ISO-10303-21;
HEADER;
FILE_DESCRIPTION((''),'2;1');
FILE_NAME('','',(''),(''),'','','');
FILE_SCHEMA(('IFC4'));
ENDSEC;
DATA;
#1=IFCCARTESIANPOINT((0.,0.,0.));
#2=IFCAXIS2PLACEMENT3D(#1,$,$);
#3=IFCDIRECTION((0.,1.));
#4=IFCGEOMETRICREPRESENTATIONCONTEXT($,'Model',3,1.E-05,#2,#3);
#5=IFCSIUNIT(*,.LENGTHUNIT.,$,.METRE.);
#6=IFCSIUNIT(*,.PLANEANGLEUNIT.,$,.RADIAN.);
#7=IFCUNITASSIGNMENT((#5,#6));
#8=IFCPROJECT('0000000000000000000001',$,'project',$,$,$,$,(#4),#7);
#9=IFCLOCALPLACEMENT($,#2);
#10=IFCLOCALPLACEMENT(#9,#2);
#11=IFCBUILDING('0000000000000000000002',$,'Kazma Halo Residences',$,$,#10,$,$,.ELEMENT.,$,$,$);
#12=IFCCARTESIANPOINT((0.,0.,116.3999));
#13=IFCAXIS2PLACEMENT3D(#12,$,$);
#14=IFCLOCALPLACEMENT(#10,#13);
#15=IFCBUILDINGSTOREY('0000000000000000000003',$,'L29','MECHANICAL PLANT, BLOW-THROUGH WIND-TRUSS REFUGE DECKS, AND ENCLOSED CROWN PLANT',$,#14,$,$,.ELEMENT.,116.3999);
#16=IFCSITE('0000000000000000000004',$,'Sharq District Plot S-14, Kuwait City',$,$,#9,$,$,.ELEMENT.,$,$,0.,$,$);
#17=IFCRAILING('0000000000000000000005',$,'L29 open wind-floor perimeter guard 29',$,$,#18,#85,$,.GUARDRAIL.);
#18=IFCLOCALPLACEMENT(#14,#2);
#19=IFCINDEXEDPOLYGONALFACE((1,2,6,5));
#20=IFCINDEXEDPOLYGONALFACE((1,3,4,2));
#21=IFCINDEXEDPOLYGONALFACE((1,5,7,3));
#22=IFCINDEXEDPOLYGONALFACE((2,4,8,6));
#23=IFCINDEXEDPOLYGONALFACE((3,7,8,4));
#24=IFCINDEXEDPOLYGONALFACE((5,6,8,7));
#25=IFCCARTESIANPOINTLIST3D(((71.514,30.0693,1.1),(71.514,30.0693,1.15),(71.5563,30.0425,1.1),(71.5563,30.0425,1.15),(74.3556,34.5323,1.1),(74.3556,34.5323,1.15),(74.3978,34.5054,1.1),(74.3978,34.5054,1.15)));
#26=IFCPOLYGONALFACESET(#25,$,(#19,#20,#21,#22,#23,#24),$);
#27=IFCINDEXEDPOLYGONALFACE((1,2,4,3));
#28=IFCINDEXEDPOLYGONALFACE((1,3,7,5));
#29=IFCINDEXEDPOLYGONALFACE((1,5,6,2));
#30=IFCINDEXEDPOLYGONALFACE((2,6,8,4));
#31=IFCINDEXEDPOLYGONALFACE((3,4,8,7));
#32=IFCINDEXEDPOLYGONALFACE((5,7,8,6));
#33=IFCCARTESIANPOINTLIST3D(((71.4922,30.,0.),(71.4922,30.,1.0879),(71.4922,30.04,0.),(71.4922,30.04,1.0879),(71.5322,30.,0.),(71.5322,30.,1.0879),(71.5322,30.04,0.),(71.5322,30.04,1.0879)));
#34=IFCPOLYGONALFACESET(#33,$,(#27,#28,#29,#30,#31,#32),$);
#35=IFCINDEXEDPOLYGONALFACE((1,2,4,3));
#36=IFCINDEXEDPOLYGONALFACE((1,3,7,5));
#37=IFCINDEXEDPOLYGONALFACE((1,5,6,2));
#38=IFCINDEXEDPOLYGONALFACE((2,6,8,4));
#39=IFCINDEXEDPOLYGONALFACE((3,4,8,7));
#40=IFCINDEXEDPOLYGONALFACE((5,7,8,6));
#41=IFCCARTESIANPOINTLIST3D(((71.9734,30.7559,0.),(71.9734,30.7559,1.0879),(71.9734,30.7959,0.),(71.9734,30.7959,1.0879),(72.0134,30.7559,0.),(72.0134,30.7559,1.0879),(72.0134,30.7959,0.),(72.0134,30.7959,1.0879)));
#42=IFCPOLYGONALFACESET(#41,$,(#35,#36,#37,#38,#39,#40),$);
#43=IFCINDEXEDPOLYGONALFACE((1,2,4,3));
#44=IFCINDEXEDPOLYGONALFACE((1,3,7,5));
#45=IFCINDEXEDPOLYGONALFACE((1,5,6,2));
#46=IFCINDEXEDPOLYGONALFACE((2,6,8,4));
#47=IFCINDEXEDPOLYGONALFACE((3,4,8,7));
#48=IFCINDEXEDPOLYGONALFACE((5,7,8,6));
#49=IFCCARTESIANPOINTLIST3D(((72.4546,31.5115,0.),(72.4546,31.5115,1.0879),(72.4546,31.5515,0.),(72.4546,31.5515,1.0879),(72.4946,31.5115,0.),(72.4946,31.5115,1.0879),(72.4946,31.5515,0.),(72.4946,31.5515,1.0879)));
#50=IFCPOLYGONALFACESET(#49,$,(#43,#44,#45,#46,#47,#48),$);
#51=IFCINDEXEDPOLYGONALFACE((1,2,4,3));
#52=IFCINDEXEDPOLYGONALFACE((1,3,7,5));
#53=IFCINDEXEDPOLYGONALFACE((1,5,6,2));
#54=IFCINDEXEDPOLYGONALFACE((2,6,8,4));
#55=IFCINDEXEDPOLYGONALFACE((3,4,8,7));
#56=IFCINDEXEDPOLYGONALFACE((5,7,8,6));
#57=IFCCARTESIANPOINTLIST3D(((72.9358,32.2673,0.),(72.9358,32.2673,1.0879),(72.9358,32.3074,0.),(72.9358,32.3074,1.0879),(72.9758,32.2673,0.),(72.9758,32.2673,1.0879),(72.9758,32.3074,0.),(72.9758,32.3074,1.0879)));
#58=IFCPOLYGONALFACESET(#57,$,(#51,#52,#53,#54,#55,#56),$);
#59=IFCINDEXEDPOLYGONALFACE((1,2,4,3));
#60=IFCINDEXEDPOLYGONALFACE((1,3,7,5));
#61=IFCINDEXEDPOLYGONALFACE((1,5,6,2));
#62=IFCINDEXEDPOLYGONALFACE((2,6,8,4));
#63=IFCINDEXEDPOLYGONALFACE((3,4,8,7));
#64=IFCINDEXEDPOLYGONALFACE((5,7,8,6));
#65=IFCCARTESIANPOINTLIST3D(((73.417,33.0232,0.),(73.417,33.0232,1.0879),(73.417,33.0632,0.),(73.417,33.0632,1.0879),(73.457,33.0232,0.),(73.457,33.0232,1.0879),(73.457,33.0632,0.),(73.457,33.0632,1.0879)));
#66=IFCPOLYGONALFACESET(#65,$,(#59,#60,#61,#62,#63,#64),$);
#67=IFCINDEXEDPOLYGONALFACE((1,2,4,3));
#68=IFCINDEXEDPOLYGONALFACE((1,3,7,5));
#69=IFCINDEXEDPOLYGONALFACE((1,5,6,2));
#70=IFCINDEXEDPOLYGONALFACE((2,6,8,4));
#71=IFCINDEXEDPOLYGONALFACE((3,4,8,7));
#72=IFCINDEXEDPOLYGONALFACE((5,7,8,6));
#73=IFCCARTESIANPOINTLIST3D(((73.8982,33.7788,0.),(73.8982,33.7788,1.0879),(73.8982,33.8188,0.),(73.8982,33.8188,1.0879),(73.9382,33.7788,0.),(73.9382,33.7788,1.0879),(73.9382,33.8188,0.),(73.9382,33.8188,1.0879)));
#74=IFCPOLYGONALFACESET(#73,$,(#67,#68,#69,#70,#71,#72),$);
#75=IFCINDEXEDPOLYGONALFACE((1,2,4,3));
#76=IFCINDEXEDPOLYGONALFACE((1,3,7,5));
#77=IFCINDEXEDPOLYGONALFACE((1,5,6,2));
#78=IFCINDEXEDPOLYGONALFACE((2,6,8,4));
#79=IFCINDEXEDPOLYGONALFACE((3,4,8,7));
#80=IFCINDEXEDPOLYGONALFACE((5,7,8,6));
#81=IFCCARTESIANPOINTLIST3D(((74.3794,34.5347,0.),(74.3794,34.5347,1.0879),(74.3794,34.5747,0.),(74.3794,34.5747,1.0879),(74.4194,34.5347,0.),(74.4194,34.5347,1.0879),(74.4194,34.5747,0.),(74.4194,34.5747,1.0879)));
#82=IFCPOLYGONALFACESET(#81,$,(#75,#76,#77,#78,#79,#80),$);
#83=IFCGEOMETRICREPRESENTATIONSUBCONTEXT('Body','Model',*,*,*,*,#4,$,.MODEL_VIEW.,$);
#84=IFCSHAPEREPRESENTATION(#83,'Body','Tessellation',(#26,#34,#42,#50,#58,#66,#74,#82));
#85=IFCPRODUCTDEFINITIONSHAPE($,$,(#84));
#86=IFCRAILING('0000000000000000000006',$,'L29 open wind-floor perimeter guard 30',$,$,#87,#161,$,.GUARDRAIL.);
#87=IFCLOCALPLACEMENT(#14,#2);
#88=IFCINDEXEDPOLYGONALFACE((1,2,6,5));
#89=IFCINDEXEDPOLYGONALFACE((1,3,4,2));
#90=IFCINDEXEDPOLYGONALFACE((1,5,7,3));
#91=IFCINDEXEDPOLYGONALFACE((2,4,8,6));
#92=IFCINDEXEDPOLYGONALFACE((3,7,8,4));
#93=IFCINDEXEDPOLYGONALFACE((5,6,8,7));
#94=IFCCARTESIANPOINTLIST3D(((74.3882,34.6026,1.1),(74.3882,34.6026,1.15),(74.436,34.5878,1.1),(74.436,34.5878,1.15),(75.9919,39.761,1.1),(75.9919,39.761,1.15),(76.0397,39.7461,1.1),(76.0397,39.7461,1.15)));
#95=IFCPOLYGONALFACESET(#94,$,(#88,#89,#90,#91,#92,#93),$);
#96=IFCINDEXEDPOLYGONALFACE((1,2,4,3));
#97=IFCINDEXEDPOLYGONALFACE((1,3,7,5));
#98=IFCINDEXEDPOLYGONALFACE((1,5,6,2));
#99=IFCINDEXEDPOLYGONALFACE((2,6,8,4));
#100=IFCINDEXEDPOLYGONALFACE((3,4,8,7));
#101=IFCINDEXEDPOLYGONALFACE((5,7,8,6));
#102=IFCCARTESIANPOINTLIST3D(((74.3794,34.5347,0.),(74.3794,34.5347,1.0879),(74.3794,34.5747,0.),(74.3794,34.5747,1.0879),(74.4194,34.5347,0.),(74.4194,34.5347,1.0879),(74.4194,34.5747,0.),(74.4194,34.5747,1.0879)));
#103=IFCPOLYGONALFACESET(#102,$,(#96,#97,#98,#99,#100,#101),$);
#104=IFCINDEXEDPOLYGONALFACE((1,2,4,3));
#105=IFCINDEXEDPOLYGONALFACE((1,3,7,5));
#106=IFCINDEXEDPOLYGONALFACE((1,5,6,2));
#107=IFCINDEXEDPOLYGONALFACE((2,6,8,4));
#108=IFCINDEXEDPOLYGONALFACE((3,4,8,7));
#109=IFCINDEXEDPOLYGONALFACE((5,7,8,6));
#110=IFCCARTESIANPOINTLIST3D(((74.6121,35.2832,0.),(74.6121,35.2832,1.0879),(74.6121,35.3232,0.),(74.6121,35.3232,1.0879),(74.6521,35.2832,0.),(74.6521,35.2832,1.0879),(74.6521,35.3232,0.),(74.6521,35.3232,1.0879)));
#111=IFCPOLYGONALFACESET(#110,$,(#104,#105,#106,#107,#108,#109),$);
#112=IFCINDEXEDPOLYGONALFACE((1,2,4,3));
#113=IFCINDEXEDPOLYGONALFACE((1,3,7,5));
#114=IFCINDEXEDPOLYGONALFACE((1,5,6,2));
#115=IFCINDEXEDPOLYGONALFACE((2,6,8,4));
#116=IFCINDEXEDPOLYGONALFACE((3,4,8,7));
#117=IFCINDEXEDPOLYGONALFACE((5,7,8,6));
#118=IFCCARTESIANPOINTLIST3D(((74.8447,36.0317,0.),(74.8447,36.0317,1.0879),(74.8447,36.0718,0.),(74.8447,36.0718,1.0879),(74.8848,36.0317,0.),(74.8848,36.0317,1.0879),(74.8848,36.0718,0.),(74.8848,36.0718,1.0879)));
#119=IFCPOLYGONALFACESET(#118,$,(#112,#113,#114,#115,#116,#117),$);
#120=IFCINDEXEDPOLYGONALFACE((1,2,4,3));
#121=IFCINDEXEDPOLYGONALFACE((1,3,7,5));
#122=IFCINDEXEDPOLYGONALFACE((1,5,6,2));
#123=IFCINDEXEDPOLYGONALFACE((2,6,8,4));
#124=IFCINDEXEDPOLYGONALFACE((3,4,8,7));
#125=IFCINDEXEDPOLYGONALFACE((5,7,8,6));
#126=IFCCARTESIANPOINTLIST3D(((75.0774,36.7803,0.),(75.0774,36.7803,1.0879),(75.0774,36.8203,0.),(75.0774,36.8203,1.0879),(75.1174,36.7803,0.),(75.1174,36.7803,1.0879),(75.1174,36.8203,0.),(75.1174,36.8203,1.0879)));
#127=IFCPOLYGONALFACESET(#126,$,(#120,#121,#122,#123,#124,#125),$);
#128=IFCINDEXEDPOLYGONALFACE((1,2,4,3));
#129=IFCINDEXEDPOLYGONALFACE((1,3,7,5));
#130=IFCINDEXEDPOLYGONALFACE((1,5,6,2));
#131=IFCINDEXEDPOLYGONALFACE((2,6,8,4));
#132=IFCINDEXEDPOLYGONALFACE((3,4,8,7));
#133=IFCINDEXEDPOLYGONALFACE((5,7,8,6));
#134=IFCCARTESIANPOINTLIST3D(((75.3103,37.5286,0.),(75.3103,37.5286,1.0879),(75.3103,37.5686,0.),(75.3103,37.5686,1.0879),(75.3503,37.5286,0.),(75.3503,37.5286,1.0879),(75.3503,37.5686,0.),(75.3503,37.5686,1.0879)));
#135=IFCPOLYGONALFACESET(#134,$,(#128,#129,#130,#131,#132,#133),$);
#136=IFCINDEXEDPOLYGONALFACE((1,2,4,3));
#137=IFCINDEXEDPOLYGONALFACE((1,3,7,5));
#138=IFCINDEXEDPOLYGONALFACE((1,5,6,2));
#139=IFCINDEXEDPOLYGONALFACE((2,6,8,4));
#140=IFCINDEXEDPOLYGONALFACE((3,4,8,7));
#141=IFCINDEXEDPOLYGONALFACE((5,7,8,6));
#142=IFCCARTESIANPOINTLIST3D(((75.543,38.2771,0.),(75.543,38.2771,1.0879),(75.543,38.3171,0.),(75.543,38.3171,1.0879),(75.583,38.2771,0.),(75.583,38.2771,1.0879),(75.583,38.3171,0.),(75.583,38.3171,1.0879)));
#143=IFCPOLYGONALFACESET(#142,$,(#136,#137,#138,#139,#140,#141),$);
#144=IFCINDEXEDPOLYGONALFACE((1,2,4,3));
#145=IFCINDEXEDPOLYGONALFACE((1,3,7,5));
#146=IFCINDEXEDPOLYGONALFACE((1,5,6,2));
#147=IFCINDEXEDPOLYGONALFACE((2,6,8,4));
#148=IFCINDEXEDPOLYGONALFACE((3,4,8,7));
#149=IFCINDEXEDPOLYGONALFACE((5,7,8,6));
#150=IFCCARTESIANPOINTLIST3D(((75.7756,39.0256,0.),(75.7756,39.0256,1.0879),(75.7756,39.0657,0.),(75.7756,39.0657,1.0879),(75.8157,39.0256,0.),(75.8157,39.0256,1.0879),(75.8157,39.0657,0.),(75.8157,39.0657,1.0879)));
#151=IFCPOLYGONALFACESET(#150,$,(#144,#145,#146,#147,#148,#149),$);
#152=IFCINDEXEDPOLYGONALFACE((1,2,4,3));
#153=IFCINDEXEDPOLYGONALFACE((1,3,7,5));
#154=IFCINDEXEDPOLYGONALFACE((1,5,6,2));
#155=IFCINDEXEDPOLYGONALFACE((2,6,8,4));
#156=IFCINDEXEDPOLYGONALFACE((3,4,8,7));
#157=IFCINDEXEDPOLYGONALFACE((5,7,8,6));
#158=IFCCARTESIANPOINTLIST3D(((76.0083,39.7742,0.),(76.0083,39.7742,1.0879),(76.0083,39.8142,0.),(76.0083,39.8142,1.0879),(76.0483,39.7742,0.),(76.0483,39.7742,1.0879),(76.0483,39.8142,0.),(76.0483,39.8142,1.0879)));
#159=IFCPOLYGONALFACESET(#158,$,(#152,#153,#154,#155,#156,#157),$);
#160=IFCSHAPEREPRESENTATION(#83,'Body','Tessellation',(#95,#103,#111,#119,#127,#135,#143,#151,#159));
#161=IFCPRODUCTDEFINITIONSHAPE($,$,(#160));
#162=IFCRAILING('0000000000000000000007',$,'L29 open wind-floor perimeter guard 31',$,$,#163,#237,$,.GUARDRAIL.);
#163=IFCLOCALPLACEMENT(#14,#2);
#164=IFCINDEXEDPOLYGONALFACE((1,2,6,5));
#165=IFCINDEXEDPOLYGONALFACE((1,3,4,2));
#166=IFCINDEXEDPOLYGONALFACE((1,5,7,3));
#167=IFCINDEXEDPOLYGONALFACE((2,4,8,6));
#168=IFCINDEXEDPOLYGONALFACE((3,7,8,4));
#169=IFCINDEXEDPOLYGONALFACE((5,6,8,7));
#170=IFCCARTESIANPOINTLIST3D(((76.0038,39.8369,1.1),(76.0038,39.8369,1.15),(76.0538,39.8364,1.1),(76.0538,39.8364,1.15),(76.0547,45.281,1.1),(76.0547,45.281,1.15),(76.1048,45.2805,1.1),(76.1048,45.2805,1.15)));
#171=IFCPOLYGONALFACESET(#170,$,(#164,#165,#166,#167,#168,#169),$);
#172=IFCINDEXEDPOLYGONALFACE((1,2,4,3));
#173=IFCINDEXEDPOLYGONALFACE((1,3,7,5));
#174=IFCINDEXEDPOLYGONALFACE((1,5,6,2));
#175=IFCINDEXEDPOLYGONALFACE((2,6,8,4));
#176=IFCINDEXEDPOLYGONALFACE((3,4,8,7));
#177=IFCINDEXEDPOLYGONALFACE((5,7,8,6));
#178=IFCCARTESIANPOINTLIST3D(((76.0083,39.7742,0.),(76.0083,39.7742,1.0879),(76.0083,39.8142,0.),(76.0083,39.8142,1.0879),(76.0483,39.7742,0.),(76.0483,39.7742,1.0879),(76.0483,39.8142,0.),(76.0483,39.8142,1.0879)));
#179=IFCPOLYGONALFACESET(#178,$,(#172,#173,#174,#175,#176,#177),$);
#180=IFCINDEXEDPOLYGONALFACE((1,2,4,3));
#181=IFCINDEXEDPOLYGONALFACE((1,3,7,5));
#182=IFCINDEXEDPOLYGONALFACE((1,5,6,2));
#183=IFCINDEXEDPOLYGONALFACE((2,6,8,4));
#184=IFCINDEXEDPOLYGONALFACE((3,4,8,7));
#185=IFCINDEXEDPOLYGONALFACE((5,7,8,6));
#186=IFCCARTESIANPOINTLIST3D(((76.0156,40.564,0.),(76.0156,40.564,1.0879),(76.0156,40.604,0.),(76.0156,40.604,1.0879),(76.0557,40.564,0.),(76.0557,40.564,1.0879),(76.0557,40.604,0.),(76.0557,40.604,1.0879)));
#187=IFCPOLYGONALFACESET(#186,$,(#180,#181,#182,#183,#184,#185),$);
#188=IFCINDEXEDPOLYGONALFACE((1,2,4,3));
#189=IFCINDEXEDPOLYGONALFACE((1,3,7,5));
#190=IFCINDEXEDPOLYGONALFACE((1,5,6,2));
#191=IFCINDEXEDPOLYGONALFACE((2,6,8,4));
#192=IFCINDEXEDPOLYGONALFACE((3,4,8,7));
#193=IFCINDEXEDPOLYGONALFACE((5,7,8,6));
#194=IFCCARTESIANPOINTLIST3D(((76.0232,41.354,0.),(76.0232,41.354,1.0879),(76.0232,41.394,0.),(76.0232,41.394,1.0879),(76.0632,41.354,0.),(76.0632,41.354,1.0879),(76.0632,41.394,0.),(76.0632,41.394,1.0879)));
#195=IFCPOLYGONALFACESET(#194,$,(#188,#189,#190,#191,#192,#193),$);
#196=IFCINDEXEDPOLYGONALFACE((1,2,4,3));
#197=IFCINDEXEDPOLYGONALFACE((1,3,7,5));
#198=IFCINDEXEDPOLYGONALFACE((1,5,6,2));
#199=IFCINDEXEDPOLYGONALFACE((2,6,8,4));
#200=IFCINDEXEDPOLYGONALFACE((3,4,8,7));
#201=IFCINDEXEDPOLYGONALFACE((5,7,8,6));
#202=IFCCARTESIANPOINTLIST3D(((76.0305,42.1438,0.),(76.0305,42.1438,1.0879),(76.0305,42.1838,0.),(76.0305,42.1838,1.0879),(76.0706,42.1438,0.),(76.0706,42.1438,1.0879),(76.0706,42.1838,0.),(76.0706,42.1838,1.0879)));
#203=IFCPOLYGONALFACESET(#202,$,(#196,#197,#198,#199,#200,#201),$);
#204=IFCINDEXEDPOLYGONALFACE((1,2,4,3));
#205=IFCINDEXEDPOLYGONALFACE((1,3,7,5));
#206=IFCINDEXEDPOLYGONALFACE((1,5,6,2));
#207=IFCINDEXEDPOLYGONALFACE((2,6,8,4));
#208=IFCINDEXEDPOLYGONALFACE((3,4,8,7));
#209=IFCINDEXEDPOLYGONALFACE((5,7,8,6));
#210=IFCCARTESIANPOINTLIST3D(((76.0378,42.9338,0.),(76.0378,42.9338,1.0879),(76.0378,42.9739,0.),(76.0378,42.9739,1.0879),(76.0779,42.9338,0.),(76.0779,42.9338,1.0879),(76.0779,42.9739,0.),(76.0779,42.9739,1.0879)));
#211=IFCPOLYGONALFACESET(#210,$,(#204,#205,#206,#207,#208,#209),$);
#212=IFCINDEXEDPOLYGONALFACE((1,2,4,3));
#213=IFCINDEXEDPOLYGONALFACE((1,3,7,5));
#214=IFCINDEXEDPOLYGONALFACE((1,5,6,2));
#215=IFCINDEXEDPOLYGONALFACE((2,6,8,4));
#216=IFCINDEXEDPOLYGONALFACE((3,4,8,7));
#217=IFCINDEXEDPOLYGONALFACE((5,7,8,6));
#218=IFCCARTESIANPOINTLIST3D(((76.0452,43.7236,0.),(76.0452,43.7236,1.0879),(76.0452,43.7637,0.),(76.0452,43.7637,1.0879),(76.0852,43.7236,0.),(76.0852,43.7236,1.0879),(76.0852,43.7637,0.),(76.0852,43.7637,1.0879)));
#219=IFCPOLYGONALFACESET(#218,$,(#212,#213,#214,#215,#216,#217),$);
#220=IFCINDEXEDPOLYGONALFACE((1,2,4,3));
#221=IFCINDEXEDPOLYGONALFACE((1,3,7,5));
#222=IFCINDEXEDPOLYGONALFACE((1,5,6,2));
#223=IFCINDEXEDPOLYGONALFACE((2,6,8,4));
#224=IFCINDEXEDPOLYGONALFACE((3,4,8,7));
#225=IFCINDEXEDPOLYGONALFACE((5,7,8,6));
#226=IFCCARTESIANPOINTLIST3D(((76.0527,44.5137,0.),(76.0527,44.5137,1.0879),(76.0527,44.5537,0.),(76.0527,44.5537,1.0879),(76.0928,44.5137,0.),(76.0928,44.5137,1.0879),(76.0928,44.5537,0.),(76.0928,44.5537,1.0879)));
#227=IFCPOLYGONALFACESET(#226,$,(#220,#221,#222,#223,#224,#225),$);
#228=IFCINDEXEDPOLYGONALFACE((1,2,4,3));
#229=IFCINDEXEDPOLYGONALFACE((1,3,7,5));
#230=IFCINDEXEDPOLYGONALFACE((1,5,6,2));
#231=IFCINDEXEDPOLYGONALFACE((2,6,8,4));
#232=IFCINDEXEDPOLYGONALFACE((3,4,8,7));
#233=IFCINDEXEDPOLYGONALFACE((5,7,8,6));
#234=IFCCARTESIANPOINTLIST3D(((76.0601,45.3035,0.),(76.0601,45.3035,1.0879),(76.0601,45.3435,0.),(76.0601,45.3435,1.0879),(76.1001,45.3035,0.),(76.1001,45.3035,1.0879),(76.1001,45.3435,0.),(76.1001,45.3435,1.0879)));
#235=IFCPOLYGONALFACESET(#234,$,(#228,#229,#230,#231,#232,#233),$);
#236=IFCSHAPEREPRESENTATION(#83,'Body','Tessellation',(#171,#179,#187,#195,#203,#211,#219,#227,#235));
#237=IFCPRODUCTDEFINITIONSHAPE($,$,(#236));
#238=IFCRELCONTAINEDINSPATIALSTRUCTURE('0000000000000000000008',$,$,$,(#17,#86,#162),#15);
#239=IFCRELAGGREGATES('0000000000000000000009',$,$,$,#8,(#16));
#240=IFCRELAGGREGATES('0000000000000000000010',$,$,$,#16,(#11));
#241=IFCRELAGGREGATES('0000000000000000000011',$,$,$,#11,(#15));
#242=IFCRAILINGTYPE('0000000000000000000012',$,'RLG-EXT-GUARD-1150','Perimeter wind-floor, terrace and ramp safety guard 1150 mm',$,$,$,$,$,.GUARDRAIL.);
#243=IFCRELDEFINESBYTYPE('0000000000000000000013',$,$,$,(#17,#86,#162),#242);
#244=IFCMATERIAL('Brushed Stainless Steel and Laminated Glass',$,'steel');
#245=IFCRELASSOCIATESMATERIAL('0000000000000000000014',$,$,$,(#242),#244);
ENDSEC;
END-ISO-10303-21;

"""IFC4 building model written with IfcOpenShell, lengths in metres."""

from ifc_helpers import new_model, si_unit, direction, frame, origin, origin_2d, place, context, subcontext, project, spatial, rectangle, extrude, material, type_object, element, save


model = new_model("IFC4")

# Units and contexts
model_context = context("Model", 3, precision=1e-05, world=origin(), true_north=direction((0.0, 1.0)))
body_context = subcontext(model_context, "Body", "Model", "MODEL_VIEW")
ifc_project = project(units=[si_unit("LENGTHUNIT", "METRE"), si_unit("PLANEANGLEUNIT", "RADIAN")], contexts=[model_context])

# Site, building, storey
site_placement = place(None, origin())
site = spatial("IfcSite", under=ifc_project, at=site_placement, Name="Sharq District Plot S-14, Kuwait City", CompositionType="ELEMENT", RefElevation=0.0)
building_placement = place(site_placement, origin())
building = spatial("IfcBuilding", under=site, at=building_placement, Name="Kazma Halo Residences", CompositionType="ELEMENT")
storey_placement = place(building_placement, frame((0.0, 0.0, 116.3999)))
storey = spatial("IfcBuildingStorey", under=building, at=storey_placement, Name="L29", Description="MECHANICAL PLANT, BLOW-THROUGH WIND-TRUSS REFUGE DECKS, AND ENCLOSED CROWN PLANT", CompositionType="ELEMENT", Elevation=116.3999)

# Railings
ifc_material_1 = material(Name="Brushed Stainless Steel and Laminated Glass", Category="steel")
railing_type = type_object("IfcRailingType", Name="RLG-EXT-GUARD-1150", Description="Perimeter wind-floor, terrace and ramp safety guard 1150 mm", PredefinedType="GUARDRAIL", material=ifc_material_1)
railing_1_placement = place(storey_placement, frame((71.5122, 30.02, 0.0)))
element("IfcRailing", 1, at=railing_1_placement, inside=storey, type_object=railing_type, Name="L29 open wind-floor perimeter guard 29", PredefinedType="GUARDRAIL", context=body_context, shape_type="SweptSolid", body=[
    extrude(rectangle(XDim=0.05, YDim=0.05, at=origin_2d()), frame((0.0229, 0.0359, 1.125), z_axis=(0.537075, 0.843534, 0.0), x_axis=(-0.843534, 0.537075, 0.0)), (0.0, 0.0, 1.0), 5.2908),
    extrude(rectangle(XDim=0.04, YDim=0.04, at=origin_2d()), origin(), (0.0, 0.0, 1.0), 1.0879),
    extrude(rectangle(XDim=0.04, YDim=0.04, at=origin_2d()), frame((0.4812, 0.7559, 0.0)), (0.0, 0.0, 1.0), 1.0879),
    extrude(rectangle(XDim=0.04, YDim=0.04, at=origin_2d()), frame((0.9624, 1.5115, 0.0)), (0.0, 0.0, 1.0), 1.0879),
    extrude(rectangle(XDim=0.04, YDim=0.04, at=origin_2d()), frame((1.4436, 2.2673, 0.0)), (0.0, 0.0, 1.0), 1.0879),
    extrude(rectangle(XDim=0.04, YDim=0.04, at=origin_2d()), frame((1.9248, 3.0232, 0.0)), (0.0, 0.0, 1.0), 1.0879),
    extrude(rectangle(XDim=0.04, YDim=0.04, at=origin_2d()), frame((2.406, 3.7788, 0.0)), (0.0, 0.0, 1.0), 1.0879),
    extrude(rectangle(XDim=0.04, YDim=0.04, at=origin_2d()), frame((2.8872, 4.5347, 0.0)), (0.0, 0.0, 1.0), 1.0879),
])
railing_2_placement = place(storey_placement, frame((74.3994, 34.5547, 0.0)))
element("IfcRailing", 2, at=railing_2_placement, inside=storey, type_object=railing_type, Name="L29 open wind-floor perimeter guard 30", PredefinedType="GUARDRAIL", context=body_context, shape_type="SweptSolid", body=[
    extrude(rectangle(XDim=0.05, YDim=0.05, at=origin_2d()), frame((0.0127, 0.0405, 1.125), z_axis=(0.296874, 0.954917, 0.0), x_axis=(-0.954917, 0.296874, 0.0)), (0.0, 0.0, 1.0), 5.4019),
    extrude(rectangle(XDim=0.04, YDim=0.04, at=origin_2d()), origin(), (0.0, 0.0, 1.0), 1.0879),
    extrude(rectangle(XDim=0.04, YDim=0.04, at=origin_2d()), frame((0.2327, 0.7485, 0.0)), (0.0, 0.0, 1.0), 1.0879),
    extrude(rectangle(XDim=0.04, YDim=0.04, at=origin_2d()), frame((0.4653, 1.4971, 0.0)), (0.0, 0.0, 1.0), 1.0879),
    extrude(rectangle(XDim=0.04, YDim=0.04, at=origin_2d()), frame((0.698, 2.2456, 0.0)), (0.0, 0.0, 1.0), 1.0879),
    extrude(rectangle(XDim=0.04, YDim=0.04, at=origin_2d()), frame((0.9309, 2.9939, 0.0)), (0.0, 0.0, 1.0), 1.0879),
    extrude(rectangle(XDim=0.04, YDim=0.04, at=origin_2d()), frame((1.1636, 3.7424, 0.0)), (0.0, 0.0, 1.0), 1.0879),
    extrude(rectangle(XDim=0.04, YDim=0.04, at=origin_2d()), frame((1.3962, 4.491, 0.0)), (0.0, 0.0, 1.0), 1.0879),
    extrude(rectangle(XDim=0.04, YDim=0.04, at=origin_2d()), frame((1.6289, 5.2395, 0.0)), (0.0, 0.0, 1.0), 1.0879),
])
railing_3_placement = place(storey_placement, frame((76.0283, 39.7942, 0.0)))
element("IfcRailing", 3, at=railing_3_placement, inside=storey, type_object=railing_type, Name="L29 open wind-floor perimeter guard 31", PredefinedType="GUARDRAIL", context=body_context, shape_type="SweptSolid", body=[
    extrude(rectangle(XDim=0.05, YDim=0.05, at=origin_2d()), frame((0.0005, 0.0425, 1.125), z_axis=(0.00936, 0.999956, 0.0), x_axis=(-0.999956, 0.00936, 0.0)), (0.0, 0.0, 1.0), 5.4443),
    extrude(rectangle(XDim=0.04, YDim=0.04, at=origin_2d()), origin(), (0.0, 0.0, 1.0), 1.0879),
    extrude(rectangle(XDim=0.04, YDim=0.04, at=origin_2d()), frame((0.0073, 0.7898, 0.0)), (0.0, 0.0, 1.0), 1.0879),
    extrude(rectangle(XDim=0.04, YDim=0.04, at=origin_2d()), frame((0.0149, 1.5798, 0.0)), (0.0, 0.0, 1.0), 1.0879),
    extrude(rectangle(XDim=0.04, YDim=0.04, at=origin_2d()), frame((0.0222, 2.3696, 0.0)), (0.0, 0.0, 1.0), 1.0879),
    extrude(rectangle(XDim=0.04, YDim=0.04, at=origin_2d()), frame((0.0295, 3.1597, 0.0)), (0.0, 0.0, 1.0), 1.0879),
    extrude(rectangle(XDim=0.04, YDim=0.04, at=origin_2d()), frame((0.0369, 3.9495, 0.0)), (0.0, 0.0, 1.0), 1.0879),
    extrude(rectangle(XDim=0.04, YDim=0.04, at=origin_2d()), frame((0.0444, 4.7395, 0.0)), (0.0, 0.0, 1.0), 1.0879),
    extrude(rectangle(XDim=0.04, YDim=0.04, at=origin_2d()), frame((0.0518, 5.5293, 0.0)), (0.0, 0.0, 1.0), 1.0879),
])

save(model, "model.ifc")
